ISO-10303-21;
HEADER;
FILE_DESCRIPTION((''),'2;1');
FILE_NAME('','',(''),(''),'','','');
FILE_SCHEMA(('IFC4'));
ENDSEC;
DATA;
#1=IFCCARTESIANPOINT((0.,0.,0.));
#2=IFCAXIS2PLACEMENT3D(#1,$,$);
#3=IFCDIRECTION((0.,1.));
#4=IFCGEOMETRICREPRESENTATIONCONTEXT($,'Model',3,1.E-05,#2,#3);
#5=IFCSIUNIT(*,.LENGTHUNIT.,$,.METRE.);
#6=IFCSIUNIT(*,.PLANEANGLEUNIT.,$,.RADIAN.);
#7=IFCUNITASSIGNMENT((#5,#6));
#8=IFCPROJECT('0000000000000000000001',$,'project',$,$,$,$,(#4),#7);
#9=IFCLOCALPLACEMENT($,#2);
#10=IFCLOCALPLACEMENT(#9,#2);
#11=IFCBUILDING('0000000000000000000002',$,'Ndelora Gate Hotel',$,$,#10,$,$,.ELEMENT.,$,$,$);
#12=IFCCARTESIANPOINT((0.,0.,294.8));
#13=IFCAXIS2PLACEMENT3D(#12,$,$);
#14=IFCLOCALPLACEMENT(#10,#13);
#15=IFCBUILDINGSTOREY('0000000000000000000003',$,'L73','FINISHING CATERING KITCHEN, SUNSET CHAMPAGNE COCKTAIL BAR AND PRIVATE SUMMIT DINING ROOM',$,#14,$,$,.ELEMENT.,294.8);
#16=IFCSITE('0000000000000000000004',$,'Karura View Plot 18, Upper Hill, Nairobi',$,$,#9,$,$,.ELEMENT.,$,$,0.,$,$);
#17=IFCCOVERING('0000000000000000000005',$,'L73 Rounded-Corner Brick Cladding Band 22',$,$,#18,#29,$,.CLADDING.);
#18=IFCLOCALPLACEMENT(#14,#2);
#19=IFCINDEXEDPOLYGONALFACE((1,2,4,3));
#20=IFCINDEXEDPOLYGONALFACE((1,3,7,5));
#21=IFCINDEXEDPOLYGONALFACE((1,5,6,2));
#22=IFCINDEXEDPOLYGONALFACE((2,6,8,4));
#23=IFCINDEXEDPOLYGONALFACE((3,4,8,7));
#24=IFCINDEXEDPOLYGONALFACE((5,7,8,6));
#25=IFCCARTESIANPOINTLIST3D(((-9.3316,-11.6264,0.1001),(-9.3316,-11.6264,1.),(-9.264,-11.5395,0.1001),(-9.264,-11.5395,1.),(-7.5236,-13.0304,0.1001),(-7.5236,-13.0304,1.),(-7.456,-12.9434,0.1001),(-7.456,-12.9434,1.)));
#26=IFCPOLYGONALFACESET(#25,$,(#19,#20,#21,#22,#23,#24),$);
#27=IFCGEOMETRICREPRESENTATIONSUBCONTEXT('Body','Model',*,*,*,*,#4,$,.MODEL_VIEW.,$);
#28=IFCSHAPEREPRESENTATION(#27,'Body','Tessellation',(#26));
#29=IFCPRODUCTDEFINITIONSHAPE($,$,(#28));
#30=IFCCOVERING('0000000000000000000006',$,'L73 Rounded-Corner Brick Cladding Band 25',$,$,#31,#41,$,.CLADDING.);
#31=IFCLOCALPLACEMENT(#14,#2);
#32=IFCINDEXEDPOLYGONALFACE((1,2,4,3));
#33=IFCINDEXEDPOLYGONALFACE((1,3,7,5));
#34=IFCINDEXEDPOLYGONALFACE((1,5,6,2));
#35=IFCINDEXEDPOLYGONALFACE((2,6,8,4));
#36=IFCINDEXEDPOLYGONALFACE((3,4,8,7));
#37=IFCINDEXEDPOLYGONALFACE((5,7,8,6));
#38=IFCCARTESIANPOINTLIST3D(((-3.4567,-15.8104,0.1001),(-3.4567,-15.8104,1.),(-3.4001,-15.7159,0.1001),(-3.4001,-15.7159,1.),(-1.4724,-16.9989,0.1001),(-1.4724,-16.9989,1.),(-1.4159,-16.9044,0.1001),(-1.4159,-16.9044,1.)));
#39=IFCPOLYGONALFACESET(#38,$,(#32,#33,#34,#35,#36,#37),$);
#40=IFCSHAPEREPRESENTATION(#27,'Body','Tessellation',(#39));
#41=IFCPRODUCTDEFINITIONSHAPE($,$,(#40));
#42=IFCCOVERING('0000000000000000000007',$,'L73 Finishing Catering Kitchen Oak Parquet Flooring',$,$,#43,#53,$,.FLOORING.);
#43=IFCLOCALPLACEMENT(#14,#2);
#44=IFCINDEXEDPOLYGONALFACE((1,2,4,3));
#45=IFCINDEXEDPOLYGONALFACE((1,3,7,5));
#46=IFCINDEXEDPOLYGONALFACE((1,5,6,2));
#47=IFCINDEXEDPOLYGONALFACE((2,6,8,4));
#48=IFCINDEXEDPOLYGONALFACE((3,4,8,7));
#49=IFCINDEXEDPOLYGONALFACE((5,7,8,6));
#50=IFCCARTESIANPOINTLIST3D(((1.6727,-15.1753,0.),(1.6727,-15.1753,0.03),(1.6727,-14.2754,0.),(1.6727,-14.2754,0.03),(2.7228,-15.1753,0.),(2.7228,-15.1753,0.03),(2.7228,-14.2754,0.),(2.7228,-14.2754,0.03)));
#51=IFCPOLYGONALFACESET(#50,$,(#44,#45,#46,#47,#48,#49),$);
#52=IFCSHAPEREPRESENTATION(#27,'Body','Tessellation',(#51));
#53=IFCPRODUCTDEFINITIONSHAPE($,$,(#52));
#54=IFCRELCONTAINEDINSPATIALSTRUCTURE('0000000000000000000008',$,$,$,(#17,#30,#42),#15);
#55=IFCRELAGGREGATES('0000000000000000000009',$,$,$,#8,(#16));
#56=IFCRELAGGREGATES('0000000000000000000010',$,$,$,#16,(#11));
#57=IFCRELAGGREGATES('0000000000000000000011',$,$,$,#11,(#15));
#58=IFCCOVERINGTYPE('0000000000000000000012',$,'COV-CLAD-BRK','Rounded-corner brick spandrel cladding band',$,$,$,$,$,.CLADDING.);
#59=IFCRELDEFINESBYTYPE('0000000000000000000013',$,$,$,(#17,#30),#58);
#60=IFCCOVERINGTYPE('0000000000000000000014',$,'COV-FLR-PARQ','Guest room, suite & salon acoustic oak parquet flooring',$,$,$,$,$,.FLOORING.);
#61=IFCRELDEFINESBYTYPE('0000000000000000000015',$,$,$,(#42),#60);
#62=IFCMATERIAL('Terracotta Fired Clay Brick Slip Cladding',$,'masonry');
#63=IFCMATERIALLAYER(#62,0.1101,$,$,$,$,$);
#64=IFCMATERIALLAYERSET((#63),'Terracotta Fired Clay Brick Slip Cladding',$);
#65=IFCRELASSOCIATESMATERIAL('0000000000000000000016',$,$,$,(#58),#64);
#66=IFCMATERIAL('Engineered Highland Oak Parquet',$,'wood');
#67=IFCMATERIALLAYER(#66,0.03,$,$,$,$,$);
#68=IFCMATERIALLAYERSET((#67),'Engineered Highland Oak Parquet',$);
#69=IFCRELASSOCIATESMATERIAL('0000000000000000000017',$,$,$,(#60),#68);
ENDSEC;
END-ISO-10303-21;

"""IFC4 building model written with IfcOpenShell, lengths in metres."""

from ifc_helpers import new_model, si_unit, direction, frame, origin, origin_2d, place, context, subcontext, project, spatial, rectangle, extrude, material, layer, layer_set, type_object, element, save


model = new_model("IFC4")

# Units and contexts
model_context = context("Model", 3, precision=1e-05, world=origin(), true_north=direction((0.0, 1.0)))
body_context = subcontext(model_context, "Body", "Model", "MODEL_VIEW")
ifc_project = project(units=[si_unit("LENGTHUNIT", "METRE"), si_unit("PLANEANGLEUNIT", "RADIAN")], contexts=[model_context])

# Site, building, storey
site_placement = place(None, origin())
site = spatial("IfcSite", under=ifc_project, at=site_placement, Name="Karura View Plot 18, Upper Hill, Nairobi", CompositionType="ELEMENT", RefElevation=0.0)
building_placement = place(site_placement, origin())
building = spatial("IfcBuilding", under=site, at=building_placement, Name="Ndelora Gate Hotel", CompositionType="ELEMENT")
storey_placement = place(building_placement, frame((0.0, 0.0, 294.8)))
storey = spatial("IfcBuildingStorey", under=building, at=storey_placement, Name="L73", Description="FINISHING CATERING KITCHEN, SUNSET CHAMPAGNE COCKTAIL BAR AND PRIVATE SUMMIT DINING ROOM", CompositionType="ELEMENT", Elevation=294.8)

# Coverings
ifc_material_1 = material(Name="Terracotta Fired Clay Brick Slip Cladding", Category="masonry")
ifc_layer_1 = layer(ifc_material_1, 0.1101)
ifc_layer_set_1 = layer_set([ifc_layer_1], Name="Terracotta Fired Clay Brick Slip Cladding")
covering_type_1 = type_object("IfcCoveringType", Name="COV-CLAD-BRK", Description="Rounded-corner brick spandrel cladding band", PredefinedType="CLADDING", material=ifc_layer_set_1)
covering_1_placement = place(storey_placement, frame((-8.3938, -12.2849, 0.1001), z_axis=(0.0, 0.0, 1.0), x_axis=(-0.789834, 0.613321, 0.0)))
element("IfcCovering", 1, at=covering_1_placement, inside=storey, type_object=covering_type_1, Name="L73 Rounded-Corner Brick Cladding Band 22", PredefinedType="CLADDING", context=body_context, shape_type="SweptSolid", body=[
    extrude(rectangle(XDim=2.2891, YDim=0.1101, at=origin_2d()), origin(), (0.0, 0.0, 1.0), 0.8999),
])
covering_2_placement = place(storey_placement, frame((-2.4363, -16.3574, 0.1001), z_axis=(0.0, 0.0, 1.0), x_axis=(-0.857886, 0.513841, 0.0)))
element("IfcCovering", 2, at=covering_2_placement, inside=storey, type_object=covering_type_1, Name="L73 Rounded-Corner Brick Cladding Band 25", PredefinedType="CLADDING", context=body_context, shape_type="SweptSolid", body=[
    extrude(rectangle(XDim=2.313, YDim=0.1101, at=origin_2d()), origin(), (0.0, 0.0, 1.0), 0.8999),
])
ifc_material_2 = material(Name="Engineered Highland Oak Parquet", Category="wood")
ifc_layer_2 = layer(ifc_material_2, 0.03)
ifc_layer_set_2 = layer_set([ifc_layer_2], Name="Engineered Highland Oak Parquet")
covering_type_2 = type_object("IfcCoveringType", Name="COV-FLR-PARQ", Description="Guest room, suite & salon acoustic oak parquet flooring", PredefinedType="FLOORING", material=ifc_layer_set_2)
covering_3_placement = place(storey_placement, frame((2.1978, -14.7253, 0.0), z_axis=(0.0, 0.0, 1.0), x_axis=(1.0, 0.0, 0.0)))
element("IfcCovering", 3, at=covering_3_placement, inside=storey, type_object=covering_type_2, Name="L73 Finishing Catering Kitchen Oak Parquet Flooring", PredefinedType="FLOORING", context=body_context, shape_type="SweptSolid", body=[
    extrude(rectangle(XDim=1.05, YDim=0.8999, at=origin_2d()), origin(), (0.0, 0.0, 1.0), 0.03),
])

save(model, "model.ifc")
